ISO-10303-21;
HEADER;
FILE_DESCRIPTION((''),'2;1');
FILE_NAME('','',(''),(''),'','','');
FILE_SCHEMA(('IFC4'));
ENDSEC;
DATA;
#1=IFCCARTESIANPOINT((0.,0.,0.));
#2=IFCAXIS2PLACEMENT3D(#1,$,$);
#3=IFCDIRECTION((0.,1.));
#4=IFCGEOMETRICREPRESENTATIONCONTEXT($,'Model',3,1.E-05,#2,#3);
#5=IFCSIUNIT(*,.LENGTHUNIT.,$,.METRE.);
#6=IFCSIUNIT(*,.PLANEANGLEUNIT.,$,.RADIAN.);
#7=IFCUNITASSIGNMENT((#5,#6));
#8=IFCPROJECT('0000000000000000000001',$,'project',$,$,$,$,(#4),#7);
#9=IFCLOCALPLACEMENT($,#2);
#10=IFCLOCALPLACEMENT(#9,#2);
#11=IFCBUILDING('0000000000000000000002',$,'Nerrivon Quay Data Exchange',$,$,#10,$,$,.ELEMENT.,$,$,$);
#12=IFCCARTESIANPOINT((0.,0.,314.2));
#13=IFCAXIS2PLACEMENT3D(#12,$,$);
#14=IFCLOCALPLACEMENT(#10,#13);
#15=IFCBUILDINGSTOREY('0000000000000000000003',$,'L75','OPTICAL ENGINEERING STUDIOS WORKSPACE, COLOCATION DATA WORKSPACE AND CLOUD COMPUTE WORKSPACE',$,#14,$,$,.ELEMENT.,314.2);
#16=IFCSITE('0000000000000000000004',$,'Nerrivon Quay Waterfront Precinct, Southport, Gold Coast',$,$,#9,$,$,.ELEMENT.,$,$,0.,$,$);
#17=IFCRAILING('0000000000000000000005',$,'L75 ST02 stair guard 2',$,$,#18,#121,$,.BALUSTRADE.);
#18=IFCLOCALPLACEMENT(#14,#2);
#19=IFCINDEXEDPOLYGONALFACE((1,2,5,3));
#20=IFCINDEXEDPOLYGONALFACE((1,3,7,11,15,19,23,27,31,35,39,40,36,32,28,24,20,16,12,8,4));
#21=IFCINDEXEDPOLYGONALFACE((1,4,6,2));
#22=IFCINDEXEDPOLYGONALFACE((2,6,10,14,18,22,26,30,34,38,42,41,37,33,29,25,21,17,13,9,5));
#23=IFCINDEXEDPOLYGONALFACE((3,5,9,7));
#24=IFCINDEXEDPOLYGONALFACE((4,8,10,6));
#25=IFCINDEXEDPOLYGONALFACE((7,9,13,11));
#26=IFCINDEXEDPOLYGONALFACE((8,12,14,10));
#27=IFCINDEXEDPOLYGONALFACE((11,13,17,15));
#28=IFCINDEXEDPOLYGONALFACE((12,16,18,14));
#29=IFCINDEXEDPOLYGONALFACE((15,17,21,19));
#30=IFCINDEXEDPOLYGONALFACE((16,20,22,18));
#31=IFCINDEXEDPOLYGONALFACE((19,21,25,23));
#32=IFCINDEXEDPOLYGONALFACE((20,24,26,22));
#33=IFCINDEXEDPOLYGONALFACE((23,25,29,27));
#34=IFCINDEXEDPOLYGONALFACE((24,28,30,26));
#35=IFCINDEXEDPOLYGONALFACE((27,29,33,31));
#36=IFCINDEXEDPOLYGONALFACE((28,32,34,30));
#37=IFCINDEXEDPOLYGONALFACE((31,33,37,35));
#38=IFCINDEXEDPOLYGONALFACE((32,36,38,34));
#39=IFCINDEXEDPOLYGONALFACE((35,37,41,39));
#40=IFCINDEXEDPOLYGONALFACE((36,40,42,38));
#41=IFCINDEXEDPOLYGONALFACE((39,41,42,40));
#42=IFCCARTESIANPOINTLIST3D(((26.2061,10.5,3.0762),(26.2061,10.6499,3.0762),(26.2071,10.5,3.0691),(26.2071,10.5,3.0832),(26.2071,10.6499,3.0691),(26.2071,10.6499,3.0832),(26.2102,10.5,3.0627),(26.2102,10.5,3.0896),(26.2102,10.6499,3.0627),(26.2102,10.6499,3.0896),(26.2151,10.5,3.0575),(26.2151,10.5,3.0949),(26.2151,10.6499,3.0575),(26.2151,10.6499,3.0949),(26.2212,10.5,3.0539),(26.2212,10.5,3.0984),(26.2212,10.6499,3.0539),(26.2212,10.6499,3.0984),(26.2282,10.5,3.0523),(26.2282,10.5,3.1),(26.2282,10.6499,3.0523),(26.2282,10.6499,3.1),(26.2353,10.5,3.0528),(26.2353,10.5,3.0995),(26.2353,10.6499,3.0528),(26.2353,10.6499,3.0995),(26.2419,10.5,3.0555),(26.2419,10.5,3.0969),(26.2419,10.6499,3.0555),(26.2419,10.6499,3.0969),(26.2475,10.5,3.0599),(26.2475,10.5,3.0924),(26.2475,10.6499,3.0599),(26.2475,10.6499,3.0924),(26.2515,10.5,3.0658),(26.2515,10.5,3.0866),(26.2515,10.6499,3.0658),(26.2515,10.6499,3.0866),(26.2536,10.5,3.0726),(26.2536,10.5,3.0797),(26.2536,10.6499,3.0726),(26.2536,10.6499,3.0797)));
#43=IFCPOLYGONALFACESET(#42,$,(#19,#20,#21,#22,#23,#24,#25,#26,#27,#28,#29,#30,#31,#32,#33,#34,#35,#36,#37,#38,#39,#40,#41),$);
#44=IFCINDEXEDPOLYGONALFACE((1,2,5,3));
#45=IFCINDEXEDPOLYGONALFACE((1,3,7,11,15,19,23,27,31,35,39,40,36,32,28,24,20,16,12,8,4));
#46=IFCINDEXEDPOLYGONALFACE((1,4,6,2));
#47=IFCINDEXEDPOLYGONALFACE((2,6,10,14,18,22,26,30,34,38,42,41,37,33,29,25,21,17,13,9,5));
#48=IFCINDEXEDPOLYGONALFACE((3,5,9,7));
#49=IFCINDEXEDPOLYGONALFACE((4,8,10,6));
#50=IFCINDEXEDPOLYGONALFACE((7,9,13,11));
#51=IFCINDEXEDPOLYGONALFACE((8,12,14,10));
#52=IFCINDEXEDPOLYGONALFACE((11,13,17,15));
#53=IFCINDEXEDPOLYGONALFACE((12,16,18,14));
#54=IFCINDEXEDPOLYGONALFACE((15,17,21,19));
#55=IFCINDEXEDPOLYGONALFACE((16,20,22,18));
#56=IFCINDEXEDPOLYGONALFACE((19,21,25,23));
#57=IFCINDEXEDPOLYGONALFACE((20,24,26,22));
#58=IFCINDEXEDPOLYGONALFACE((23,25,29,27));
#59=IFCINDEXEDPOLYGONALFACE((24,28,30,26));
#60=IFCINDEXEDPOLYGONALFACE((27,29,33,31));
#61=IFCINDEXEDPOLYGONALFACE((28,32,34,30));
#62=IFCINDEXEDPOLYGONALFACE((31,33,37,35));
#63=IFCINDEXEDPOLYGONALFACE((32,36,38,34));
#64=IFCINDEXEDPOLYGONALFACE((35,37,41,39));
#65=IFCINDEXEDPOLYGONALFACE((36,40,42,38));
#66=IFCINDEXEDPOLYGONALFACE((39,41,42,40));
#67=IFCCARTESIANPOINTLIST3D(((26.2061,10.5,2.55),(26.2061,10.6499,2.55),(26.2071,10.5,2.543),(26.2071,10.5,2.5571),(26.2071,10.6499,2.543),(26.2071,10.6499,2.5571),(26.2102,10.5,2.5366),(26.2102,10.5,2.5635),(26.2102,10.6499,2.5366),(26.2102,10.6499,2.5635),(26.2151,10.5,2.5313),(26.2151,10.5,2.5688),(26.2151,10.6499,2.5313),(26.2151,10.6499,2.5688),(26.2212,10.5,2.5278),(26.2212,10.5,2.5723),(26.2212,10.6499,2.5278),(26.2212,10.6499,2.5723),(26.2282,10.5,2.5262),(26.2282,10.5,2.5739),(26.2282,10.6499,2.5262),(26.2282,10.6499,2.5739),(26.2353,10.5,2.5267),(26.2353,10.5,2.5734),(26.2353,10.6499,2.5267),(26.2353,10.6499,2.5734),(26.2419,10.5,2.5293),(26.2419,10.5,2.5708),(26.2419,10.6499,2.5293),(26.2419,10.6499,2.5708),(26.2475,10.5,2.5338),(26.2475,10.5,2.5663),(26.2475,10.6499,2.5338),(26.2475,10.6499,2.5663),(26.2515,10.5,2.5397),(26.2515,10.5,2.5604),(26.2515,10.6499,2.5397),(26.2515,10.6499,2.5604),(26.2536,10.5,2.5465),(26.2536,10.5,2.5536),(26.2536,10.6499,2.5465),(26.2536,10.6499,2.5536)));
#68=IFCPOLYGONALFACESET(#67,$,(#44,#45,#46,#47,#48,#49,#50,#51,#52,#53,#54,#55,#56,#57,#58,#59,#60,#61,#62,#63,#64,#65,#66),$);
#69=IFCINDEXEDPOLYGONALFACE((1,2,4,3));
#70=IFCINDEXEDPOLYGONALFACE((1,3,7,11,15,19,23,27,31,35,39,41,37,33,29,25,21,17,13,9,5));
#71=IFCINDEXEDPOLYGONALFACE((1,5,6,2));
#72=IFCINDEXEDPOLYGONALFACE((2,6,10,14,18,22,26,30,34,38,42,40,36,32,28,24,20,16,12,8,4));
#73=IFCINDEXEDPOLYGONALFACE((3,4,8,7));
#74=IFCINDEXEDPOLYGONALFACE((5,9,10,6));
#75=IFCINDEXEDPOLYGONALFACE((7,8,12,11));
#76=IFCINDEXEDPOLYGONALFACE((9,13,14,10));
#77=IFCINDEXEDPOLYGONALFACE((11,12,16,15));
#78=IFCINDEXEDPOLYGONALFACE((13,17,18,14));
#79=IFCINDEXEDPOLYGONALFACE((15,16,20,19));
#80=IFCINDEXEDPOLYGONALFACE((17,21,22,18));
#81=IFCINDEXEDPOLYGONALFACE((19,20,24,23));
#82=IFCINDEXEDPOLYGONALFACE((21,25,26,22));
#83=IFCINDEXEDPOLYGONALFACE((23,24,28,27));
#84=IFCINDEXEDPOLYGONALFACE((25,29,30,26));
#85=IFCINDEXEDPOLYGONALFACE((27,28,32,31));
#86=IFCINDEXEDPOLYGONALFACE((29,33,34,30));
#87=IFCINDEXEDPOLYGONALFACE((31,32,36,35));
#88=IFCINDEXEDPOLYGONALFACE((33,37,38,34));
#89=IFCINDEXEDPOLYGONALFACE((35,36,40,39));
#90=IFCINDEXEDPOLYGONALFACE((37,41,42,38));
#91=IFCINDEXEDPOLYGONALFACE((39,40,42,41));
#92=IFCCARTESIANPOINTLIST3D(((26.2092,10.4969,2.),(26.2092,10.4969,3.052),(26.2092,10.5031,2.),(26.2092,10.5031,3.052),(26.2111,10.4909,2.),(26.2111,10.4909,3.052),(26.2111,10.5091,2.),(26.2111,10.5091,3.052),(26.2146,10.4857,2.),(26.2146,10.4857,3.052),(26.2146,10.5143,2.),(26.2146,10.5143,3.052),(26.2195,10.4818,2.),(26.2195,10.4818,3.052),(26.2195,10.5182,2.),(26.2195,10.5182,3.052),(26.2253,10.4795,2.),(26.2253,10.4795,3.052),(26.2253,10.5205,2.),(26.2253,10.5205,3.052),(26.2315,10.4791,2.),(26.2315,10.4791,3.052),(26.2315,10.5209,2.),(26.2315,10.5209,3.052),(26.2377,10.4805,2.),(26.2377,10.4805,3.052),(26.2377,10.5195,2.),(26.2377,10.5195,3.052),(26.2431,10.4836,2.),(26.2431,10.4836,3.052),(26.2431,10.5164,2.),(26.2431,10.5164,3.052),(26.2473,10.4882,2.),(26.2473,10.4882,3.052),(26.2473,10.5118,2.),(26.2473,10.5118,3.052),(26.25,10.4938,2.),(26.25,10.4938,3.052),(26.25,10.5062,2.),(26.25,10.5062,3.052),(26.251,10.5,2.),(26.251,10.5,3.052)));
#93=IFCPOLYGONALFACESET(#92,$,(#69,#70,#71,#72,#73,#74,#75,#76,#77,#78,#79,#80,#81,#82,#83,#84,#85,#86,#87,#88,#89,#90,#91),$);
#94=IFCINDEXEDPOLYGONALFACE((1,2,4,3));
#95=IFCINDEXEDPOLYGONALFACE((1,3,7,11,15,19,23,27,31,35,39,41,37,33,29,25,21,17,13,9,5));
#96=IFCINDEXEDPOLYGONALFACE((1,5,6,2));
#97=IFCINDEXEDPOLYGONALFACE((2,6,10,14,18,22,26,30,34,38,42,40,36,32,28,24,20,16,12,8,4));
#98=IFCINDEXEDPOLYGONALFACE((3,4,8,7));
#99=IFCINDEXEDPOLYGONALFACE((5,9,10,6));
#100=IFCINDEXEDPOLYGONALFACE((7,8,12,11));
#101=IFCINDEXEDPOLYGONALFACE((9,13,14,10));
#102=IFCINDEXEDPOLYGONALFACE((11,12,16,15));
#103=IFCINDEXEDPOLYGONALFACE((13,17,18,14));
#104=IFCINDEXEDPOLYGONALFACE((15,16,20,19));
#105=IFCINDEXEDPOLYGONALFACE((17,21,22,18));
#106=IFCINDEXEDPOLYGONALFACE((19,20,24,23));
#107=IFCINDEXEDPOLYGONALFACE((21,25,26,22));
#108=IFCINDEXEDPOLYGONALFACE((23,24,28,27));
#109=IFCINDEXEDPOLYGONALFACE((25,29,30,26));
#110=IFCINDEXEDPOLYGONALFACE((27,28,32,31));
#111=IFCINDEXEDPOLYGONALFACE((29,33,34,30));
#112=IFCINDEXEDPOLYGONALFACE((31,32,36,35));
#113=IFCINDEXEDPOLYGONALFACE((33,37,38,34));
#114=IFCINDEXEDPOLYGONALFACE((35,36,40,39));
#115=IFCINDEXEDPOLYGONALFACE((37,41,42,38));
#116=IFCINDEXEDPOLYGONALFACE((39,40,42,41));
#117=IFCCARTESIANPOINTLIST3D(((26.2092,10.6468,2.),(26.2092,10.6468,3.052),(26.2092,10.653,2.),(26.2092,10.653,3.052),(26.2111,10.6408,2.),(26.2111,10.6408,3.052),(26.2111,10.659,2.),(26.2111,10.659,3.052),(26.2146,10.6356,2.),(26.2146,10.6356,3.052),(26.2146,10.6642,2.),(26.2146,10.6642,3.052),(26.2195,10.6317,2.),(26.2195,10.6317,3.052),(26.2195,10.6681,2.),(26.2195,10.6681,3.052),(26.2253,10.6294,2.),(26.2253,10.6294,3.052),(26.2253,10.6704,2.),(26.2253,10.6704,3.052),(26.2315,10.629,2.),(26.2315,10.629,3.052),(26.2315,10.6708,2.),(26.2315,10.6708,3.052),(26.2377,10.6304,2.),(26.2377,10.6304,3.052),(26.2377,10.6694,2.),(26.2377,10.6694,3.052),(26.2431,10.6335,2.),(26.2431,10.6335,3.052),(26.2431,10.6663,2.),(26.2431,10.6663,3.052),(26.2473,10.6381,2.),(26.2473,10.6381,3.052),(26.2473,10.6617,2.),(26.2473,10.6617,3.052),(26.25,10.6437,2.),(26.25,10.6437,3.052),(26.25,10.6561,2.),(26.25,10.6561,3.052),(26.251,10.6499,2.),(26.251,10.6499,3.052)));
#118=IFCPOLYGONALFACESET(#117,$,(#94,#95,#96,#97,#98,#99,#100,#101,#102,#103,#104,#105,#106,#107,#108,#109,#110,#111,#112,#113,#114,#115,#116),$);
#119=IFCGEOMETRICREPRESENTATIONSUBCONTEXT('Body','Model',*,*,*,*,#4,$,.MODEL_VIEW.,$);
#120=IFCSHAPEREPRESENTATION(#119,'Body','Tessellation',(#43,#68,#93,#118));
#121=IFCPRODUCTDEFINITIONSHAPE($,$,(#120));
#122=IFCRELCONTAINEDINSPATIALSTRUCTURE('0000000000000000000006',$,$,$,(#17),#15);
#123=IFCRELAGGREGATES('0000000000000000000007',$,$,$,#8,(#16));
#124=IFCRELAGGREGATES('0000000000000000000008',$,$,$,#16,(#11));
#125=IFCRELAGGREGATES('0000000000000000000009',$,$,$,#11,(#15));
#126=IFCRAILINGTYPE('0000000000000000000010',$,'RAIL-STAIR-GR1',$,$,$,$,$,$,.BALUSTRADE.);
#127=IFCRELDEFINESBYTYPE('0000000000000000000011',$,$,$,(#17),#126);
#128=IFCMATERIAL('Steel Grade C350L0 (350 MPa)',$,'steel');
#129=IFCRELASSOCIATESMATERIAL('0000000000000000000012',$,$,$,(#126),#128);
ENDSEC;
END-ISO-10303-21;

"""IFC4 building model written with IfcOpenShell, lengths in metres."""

from ifc_helpers import new_model, si_unit, direction, frame, origin, origin_2d, place, context, subcontext, project, spatial, circle, extrude, material, type_object, element, save


model = new_model("IFC4")

# Units and contexts
model_context = context("Model", 3, precision=1e-05, world=origin(), true_north=direction((0.0, 1.0)))
body_context = subcontext(model_context, "Body", "Model", "MODEL_VIEW")
ifc_project = project(units=[si_unit("LENGTHUNIT", "METRE"), si_unit("PLANEANGLEUNIT", "RADIAN")], contexts=[model_context])

# Site, building, storey
site_placement = place(None, origin())
site = spatial("IfcSite", under=ifc_project, at=site_placement, Name="Nerrivon Quay Waterfront Precinct, Southport, Gold Coast", CompositionType="ELEMENT", RefElevation=0.0)
building_placement = place(site_placement, origin())
building = spatial("IfcBuilding", under=site, at=building_placement, Name="Nerrivon Quay Data Exchange", CompositionType="ELEMENT")
storey_placement = place(building_placement, frame((0.0, 0.0, 314.2)))
storey = spatial("IfcBuildingStorey", under=building, at=storey_placement, Name="L75", Description="OPTICAL ENGINEERING STUDIOS WORKSPACE, COLOCATION DATA WORKSPACE AND CLOUD COMPUTE WORKSPACE", CompositionType="ELEMENT", Elevation=314.2)

# Shared definitions
ifc_material_1 = material(Name="Steel Grade C350L0 (350 MPa)", Category="steel")

# Railing
railing_type_1 = type_object("IfcRailingType", Name="RAIL-STAIR-GR1", PredefinedType="BALUSTRADE", material=ifc_material_1)
railing_1_placement = place(storey_placement, frame((26.23, 10.5, 2.0)))
element("IfcRailing", 1, at=railing_1_placement, inside=storey, type_object=railing_type_1, Name="L75 ST02 stair guard 2", PredefinedType="BALUSTRADE", context=body_context, shape_type="SweptSolid", body=[
    extrude(circle(Radius=0.0239, at=origin_2d()), frame((0.0, 0.0, 1.0762), z_axis=(0.0, 1.0, 0.0), x_axis=(-1.0, 0.0, 0.0)), (0.0, 0.0, 1.0), 0.1499),
    extrude(circle(Radius=0.0239, at=origin_2d()), frame((0.0, 0.0, 0.55), z_axis=(0.0, 1.0, 0.0), x_axis=(-1.0, 0.0, 0.0)), (0.0, 0.0, 1.0), 0.1499),
    extrude(circle(Radius=0.021, at=origin_2d()), origin(), (0.0, 0.0, 1.0), 1.052),
    extrude(circle(Radius=0.021, at=origin_2d()), frame((0.0, 0.1499, 0.0)), (0.0, 0.0, 1.0), 1.052),
])

save(model, "model.ifc")
